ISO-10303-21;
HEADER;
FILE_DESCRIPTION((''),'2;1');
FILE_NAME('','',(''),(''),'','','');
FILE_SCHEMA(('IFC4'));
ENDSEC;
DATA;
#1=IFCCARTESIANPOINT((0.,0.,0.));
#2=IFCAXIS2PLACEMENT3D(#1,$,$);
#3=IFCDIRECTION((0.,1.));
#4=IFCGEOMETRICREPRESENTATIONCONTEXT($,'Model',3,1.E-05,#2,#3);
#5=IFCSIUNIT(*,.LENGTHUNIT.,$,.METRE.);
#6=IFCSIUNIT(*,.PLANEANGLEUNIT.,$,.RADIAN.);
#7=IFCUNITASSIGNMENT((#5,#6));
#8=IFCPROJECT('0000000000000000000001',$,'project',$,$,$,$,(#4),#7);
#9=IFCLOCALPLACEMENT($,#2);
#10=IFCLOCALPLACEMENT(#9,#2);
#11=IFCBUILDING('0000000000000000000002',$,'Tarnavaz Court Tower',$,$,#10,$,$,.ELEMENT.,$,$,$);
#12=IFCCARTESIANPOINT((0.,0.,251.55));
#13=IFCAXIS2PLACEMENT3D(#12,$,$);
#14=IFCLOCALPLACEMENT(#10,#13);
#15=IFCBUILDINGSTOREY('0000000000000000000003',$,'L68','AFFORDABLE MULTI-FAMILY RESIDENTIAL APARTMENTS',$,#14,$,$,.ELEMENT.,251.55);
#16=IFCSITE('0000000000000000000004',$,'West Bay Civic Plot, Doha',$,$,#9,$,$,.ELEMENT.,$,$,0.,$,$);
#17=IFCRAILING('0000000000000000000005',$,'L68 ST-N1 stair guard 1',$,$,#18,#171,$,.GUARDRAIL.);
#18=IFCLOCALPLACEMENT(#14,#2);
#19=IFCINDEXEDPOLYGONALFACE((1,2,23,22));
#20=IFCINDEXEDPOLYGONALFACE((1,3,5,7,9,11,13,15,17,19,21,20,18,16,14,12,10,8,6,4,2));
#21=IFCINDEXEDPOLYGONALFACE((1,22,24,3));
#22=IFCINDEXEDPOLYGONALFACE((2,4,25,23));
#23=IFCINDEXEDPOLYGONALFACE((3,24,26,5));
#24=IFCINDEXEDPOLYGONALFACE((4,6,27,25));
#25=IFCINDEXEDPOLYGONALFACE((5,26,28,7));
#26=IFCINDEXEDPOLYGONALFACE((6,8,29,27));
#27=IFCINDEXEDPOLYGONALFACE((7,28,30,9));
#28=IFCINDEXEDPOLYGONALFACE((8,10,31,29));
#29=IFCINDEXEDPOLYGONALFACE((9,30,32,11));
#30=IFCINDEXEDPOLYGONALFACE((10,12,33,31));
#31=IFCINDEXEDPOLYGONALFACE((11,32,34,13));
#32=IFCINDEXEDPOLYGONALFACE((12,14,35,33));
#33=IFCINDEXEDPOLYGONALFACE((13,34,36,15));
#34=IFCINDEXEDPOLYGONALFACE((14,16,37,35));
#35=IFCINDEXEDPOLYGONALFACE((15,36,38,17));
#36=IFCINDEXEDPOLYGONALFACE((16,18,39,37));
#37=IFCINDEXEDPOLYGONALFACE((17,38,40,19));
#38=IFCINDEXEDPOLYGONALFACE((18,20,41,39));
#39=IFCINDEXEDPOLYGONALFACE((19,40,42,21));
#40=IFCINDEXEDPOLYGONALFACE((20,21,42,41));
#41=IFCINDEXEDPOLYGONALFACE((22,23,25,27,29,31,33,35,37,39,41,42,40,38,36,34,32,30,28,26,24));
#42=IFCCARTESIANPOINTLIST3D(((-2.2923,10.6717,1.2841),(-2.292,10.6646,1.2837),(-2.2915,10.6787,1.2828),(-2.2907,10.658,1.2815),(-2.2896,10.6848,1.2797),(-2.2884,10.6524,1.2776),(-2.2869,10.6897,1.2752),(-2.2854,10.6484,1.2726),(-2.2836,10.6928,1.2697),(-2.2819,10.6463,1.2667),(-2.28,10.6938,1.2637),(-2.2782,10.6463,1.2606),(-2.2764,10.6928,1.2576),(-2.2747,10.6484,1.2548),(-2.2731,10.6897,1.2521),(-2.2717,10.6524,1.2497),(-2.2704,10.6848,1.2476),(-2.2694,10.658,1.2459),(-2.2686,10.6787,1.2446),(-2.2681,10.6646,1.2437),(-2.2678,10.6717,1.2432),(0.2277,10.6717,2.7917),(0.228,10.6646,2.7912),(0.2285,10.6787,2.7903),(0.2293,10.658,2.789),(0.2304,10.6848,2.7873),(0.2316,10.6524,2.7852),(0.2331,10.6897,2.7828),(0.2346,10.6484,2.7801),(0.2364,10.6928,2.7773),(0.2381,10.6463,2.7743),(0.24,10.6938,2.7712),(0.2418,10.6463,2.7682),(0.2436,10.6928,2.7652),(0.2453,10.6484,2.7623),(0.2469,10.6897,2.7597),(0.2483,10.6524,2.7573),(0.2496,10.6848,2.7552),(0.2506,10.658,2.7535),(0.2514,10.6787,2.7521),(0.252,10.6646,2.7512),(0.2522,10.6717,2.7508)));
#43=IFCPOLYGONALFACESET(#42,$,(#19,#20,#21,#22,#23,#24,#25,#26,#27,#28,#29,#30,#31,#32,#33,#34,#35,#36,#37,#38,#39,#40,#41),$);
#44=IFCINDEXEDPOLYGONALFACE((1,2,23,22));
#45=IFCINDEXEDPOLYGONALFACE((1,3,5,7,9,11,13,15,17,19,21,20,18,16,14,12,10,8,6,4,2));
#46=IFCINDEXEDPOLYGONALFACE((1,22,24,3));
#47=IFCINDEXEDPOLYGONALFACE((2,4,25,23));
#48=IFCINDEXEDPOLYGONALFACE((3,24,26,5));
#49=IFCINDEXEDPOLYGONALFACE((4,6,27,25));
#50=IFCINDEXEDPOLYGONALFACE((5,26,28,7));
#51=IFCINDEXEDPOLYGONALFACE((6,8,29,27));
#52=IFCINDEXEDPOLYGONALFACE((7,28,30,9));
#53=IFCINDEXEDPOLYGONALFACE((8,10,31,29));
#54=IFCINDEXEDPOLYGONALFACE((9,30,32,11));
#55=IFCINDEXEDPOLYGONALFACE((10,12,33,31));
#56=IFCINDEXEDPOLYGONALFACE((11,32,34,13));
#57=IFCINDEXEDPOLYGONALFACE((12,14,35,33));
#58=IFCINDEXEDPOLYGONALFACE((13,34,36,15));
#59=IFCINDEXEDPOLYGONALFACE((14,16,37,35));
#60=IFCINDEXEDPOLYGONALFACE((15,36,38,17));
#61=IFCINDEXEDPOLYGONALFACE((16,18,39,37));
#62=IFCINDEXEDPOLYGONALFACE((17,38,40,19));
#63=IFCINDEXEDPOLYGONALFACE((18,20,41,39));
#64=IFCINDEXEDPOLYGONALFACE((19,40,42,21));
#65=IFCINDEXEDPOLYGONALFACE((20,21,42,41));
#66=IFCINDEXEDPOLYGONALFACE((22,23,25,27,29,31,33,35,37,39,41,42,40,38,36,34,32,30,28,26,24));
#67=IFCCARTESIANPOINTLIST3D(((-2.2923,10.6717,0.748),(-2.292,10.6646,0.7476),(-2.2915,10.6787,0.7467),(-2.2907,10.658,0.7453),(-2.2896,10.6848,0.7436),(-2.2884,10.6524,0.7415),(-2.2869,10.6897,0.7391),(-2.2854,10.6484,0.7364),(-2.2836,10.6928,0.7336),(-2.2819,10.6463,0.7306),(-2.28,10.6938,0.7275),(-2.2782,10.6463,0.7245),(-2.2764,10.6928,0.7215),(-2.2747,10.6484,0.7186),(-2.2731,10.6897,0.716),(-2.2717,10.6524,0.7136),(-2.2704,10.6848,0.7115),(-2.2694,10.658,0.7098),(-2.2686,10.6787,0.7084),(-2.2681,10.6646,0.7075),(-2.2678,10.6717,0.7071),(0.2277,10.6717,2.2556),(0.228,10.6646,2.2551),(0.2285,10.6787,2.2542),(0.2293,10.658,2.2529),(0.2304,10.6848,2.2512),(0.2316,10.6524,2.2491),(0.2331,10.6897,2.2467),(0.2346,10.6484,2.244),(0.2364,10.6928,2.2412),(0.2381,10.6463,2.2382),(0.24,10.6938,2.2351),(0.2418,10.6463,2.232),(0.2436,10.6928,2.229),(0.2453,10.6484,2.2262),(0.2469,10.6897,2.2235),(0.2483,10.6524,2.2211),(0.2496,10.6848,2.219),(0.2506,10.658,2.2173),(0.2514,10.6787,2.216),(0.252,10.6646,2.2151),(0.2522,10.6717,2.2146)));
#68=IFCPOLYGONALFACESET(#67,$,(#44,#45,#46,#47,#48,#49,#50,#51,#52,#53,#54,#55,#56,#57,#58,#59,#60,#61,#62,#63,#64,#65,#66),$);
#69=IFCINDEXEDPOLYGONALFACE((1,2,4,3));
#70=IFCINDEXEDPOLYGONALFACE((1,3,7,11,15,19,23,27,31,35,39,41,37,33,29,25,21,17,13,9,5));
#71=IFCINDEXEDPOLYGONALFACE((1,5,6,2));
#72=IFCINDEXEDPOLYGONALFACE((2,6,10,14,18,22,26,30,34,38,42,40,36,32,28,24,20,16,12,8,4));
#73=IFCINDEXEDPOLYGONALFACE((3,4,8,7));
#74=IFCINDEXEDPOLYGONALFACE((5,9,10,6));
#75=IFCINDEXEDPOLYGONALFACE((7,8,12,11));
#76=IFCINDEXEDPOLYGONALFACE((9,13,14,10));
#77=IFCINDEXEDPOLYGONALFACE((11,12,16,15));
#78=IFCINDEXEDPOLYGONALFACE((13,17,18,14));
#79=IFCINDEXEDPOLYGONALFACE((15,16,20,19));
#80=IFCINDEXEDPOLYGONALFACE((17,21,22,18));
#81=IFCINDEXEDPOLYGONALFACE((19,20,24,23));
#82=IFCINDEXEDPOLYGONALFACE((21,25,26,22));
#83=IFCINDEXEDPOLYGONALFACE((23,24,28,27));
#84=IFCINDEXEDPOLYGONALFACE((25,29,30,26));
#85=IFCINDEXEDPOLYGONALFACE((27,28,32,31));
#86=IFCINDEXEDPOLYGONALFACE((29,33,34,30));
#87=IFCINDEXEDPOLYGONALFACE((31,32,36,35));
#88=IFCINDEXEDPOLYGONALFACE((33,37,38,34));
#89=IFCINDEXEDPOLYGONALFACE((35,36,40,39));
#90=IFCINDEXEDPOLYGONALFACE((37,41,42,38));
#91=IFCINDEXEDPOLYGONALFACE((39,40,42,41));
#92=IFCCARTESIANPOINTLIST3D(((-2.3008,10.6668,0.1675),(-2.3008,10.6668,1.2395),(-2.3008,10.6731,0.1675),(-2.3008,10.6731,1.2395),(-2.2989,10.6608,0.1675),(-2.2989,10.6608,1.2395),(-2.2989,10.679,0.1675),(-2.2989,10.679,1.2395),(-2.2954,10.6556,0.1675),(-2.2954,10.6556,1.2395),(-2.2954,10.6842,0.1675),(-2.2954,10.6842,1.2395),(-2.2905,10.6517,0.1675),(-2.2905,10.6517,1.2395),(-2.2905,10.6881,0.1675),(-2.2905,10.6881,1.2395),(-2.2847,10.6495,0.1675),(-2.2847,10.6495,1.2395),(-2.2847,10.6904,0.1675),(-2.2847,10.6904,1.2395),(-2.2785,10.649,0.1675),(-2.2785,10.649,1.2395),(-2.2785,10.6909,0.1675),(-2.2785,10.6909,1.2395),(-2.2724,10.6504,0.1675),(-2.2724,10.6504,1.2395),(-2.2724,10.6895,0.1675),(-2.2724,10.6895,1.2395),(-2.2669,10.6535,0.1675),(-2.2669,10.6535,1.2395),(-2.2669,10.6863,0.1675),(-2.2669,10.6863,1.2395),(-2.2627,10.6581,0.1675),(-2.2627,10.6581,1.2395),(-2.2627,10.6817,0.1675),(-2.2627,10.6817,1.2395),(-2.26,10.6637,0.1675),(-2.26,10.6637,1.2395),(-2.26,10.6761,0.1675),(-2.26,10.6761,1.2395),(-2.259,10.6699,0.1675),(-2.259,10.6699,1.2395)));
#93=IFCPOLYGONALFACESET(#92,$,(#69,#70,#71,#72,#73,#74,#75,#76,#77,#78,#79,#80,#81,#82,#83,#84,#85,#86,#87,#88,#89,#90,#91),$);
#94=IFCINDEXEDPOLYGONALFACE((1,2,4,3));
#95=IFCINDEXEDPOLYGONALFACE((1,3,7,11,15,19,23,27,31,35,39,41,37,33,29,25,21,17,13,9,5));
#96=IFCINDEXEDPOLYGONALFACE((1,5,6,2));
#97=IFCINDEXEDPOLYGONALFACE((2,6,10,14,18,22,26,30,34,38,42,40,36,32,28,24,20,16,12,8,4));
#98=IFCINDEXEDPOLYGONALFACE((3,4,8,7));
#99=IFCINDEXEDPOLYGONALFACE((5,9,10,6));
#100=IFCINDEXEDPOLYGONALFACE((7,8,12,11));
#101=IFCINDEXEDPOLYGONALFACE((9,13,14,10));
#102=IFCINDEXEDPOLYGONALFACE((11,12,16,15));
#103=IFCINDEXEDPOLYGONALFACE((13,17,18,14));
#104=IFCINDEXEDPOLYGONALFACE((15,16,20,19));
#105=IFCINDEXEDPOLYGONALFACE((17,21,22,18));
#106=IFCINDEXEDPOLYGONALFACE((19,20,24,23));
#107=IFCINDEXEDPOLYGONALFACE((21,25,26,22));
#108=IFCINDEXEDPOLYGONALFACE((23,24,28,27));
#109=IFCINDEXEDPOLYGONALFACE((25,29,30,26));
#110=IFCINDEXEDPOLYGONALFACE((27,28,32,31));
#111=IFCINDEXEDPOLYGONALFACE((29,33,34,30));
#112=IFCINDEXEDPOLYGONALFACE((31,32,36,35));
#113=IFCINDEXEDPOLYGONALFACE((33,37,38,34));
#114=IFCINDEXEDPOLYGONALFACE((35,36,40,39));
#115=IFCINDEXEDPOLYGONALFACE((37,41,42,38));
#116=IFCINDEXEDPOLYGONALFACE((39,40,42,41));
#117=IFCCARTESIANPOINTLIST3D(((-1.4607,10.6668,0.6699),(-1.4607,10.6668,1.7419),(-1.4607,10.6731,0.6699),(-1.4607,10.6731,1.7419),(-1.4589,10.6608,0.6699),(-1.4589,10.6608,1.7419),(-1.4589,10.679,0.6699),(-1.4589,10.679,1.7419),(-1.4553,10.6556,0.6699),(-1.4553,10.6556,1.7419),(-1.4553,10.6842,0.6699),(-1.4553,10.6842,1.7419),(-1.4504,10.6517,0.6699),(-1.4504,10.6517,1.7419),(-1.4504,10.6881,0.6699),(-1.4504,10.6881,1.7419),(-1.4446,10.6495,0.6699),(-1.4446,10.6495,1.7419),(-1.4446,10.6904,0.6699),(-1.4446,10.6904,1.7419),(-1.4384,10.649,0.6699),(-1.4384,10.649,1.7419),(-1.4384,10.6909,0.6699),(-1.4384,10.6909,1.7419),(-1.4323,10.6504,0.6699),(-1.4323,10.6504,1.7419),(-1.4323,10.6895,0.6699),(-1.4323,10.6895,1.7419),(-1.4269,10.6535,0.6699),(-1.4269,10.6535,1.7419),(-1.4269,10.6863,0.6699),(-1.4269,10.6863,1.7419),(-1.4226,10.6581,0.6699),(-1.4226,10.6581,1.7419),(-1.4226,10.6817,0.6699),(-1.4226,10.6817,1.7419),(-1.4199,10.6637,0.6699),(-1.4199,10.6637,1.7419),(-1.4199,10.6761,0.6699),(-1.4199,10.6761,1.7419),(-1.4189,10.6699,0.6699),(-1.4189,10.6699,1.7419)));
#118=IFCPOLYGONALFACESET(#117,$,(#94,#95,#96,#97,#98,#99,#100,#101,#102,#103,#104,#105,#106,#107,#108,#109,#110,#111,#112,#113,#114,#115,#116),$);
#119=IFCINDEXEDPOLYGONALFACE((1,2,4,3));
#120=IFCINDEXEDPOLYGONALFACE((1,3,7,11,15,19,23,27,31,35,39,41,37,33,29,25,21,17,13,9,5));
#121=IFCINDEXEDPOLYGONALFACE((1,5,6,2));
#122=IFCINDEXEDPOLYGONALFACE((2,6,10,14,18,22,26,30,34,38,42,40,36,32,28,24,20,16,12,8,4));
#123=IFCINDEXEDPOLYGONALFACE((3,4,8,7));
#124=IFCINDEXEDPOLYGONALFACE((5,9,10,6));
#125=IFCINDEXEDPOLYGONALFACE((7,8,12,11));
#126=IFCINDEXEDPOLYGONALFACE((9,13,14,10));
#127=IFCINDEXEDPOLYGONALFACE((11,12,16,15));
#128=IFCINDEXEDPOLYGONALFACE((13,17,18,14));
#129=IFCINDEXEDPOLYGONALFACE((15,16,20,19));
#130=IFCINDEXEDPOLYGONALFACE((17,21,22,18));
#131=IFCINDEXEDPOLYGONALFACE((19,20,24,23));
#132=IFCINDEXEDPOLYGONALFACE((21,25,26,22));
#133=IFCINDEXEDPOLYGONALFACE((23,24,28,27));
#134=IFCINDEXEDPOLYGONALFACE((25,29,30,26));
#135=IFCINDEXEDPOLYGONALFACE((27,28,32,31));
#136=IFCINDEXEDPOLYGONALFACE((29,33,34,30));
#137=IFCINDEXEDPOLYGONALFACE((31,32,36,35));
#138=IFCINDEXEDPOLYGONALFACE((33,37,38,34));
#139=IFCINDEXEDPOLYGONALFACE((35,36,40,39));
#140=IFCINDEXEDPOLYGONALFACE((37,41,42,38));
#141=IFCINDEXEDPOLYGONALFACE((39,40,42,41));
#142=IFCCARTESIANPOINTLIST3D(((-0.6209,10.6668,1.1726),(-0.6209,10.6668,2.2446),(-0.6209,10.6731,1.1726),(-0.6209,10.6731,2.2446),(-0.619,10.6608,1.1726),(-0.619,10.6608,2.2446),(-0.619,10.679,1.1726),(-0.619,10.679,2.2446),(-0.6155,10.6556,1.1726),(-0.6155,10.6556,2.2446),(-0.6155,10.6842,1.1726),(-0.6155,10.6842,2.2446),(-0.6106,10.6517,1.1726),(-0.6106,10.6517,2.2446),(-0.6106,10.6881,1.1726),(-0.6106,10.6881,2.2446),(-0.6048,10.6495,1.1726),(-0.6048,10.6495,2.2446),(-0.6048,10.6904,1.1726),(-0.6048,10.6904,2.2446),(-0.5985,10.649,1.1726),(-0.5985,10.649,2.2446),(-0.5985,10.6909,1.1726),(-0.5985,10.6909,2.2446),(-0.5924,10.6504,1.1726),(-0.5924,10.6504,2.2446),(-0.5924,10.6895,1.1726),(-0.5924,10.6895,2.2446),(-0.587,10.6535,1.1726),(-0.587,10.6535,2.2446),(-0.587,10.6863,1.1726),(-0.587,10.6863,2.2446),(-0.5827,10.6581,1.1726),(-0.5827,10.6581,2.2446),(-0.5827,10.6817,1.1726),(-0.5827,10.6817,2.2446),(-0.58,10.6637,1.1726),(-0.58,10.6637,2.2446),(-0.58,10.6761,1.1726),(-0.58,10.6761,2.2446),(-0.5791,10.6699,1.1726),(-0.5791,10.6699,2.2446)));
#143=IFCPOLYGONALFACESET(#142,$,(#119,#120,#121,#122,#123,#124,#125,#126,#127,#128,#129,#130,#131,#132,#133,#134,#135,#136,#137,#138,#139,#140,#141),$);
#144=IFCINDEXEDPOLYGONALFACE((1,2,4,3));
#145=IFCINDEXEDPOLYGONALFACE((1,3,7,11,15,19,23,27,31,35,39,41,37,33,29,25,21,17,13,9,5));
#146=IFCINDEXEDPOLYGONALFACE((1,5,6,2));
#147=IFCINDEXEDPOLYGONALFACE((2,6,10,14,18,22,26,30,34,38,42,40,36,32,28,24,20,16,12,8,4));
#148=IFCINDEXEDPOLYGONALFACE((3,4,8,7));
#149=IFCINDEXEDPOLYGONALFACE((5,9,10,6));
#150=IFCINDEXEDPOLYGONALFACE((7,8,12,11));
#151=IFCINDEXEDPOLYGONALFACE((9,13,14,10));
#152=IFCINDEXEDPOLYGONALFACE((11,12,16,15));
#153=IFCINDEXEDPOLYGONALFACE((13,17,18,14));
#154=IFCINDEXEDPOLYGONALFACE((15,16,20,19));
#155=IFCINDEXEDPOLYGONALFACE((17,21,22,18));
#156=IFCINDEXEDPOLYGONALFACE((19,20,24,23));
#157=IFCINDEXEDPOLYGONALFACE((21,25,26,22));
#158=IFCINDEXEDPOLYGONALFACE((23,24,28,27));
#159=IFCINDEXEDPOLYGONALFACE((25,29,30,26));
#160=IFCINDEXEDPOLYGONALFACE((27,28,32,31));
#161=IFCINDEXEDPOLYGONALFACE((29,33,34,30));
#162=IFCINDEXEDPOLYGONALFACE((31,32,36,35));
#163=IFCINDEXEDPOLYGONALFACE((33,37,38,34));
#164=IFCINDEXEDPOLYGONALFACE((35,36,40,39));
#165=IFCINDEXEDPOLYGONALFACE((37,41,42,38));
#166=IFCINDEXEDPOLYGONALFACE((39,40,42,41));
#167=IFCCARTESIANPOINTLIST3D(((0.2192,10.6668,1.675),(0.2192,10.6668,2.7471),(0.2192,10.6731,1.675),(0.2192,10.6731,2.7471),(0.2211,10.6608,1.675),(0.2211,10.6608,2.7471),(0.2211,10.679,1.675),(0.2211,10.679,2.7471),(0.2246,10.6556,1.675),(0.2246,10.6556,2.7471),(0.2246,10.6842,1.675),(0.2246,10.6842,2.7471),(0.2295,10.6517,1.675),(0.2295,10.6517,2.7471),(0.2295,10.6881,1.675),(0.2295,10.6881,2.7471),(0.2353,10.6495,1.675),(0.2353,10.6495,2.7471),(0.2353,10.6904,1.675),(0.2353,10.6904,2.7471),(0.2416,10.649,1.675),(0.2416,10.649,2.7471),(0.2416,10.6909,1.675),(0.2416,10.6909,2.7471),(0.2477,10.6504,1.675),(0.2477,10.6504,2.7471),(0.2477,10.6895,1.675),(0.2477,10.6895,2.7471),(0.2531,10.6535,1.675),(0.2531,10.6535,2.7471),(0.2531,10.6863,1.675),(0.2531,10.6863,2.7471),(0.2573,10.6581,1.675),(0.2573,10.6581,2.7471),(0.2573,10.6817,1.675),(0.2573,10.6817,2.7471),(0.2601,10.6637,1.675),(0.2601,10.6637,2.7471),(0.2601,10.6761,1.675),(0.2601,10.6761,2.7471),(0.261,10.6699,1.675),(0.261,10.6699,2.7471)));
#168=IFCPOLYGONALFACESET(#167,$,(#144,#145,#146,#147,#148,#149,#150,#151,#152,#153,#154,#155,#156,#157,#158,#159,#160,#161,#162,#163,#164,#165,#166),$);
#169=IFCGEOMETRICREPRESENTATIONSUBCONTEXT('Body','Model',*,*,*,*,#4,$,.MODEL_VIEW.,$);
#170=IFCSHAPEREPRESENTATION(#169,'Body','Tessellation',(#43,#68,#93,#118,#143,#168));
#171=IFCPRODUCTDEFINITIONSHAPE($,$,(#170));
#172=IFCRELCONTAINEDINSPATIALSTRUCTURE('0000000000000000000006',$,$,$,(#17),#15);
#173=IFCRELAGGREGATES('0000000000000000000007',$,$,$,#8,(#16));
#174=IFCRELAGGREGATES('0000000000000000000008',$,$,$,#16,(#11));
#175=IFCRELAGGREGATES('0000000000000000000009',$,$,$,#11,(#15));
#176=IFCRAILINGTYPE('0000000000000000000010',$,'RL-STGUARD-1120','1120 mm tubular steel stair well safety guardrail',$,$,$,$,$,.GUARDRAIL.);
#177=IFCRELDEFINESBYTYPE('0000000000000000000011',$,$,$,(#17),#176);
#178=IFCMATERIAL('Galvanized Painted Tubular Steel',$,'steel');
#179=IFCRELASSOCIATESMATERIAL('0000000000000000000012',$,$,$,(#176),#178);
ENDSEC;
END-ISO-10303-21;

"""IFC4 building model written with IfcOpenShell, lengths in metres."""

from ifc_helpers import new_model, si_unit, direction, frame, origin, origin_2d, place, context, subcontext, project, spatial, circle, extrude, material, type_object, element, save


model = new_model("IFC4")

# Units and contexts
model_context = context("Model", 3, precision=1e-05, world=origin(), true_north=direction((0.0, 1.0)))
body_context = subcontext(model_context, "Body", "Model", "MODEL_VIEW")
ifc_project = project(units=[si_unit("LENGTHUNIT", "METRE"), si_unit("PLANEANGLEUNIT", "RADIAN")], contexts=[model_context])

# Site, building, storey
site_placement = place(None, origin())
site = spatial("IfcSite", under=ifc_project, at=site_placement, Name="West Bay Civic Plot, Doha", CompositionType="ELEMENT", RefElevation=0.0)
building_placement = place(site_placement, origin())
building = spatial("IfcBuilding", under=site, at=building_placement, Name="Tarnavaz Court Tower", CompositionType="ELEMENT")
storey_placement = place(building_placement, frame((0.0, 0.0, 251.55)))
storey = spatial("IfcBuildingStorey", under=building, at=storey_placement, Name="L68", Description="AFFORDABLE MULTI-FAMILY RESIDENTIAL APARTMENTS", CompositionType="ELEMENT", Elevation=251.55)

# Railing
ifc_material_1 = material(Name="Galvanized Painted Tubular Steel", Category="steel")
railing_type_1 = type_object("IfcRailingType", Name="RL-STGUARD-1120", Description="1120 mm tubular steel stair well safety guardrail", PredefinedType="GUARDRAIL", material=ifc_material_1)
railing_1_placement = place(storey_placement, frame((-2.28, 10.6699, 0.1675)))
element("IfcRailing", 1, at=railing_1_placement, inside=storey, type_object=railing_type_1, Name="L68 ST-N1 stair guard 1", PredefinedType="GUARDRAIL", context=body_context, shape_type="SweptSolid", body=[
    extrude(circle(Radius=0.0239, at=origin_2d()), frame((0.0, 0.0, 1.0962), z_axis=(0.85816, 0.0, 0.513383), x_axis=(0.0, 1.0, 0.0)), (0.0, 0.0, 1.0), 2.9365),
    extrude(circle(Radius=0.0239, at=origin_2d()), frame((0.0, 0.0, 0.5601), z_axis=(0.85816, 0.0, 0.513383), x_axis=(0.0, 1.0, 0.0)), (0.0, 0.0, 1.0), 2.9365),
    extrude(circle(Radius=0.021, at=origin_2d()), origin(), (0.0, 0.0, 1.0), 1.072),
    extrude(circle(Radius=0.021, at=origin_2d()), frame((0.8401, 0.0, 0.5024)), (0.0, 0.0, 1.0), 1.072),
    extrude(circle(Radius=0.021, at=origin_2d()), frame((1.6799, 0.0, 1.0051)), (0.0, 0.0, 1.0), 1.072),
    extrude(circle(Radius=0.021, at=origin_2d()), frame((2.52, 0.0, 1.5076)), (0.0, 0.0, 1.0), 1.072),
])

save(model, "model.ifc")
